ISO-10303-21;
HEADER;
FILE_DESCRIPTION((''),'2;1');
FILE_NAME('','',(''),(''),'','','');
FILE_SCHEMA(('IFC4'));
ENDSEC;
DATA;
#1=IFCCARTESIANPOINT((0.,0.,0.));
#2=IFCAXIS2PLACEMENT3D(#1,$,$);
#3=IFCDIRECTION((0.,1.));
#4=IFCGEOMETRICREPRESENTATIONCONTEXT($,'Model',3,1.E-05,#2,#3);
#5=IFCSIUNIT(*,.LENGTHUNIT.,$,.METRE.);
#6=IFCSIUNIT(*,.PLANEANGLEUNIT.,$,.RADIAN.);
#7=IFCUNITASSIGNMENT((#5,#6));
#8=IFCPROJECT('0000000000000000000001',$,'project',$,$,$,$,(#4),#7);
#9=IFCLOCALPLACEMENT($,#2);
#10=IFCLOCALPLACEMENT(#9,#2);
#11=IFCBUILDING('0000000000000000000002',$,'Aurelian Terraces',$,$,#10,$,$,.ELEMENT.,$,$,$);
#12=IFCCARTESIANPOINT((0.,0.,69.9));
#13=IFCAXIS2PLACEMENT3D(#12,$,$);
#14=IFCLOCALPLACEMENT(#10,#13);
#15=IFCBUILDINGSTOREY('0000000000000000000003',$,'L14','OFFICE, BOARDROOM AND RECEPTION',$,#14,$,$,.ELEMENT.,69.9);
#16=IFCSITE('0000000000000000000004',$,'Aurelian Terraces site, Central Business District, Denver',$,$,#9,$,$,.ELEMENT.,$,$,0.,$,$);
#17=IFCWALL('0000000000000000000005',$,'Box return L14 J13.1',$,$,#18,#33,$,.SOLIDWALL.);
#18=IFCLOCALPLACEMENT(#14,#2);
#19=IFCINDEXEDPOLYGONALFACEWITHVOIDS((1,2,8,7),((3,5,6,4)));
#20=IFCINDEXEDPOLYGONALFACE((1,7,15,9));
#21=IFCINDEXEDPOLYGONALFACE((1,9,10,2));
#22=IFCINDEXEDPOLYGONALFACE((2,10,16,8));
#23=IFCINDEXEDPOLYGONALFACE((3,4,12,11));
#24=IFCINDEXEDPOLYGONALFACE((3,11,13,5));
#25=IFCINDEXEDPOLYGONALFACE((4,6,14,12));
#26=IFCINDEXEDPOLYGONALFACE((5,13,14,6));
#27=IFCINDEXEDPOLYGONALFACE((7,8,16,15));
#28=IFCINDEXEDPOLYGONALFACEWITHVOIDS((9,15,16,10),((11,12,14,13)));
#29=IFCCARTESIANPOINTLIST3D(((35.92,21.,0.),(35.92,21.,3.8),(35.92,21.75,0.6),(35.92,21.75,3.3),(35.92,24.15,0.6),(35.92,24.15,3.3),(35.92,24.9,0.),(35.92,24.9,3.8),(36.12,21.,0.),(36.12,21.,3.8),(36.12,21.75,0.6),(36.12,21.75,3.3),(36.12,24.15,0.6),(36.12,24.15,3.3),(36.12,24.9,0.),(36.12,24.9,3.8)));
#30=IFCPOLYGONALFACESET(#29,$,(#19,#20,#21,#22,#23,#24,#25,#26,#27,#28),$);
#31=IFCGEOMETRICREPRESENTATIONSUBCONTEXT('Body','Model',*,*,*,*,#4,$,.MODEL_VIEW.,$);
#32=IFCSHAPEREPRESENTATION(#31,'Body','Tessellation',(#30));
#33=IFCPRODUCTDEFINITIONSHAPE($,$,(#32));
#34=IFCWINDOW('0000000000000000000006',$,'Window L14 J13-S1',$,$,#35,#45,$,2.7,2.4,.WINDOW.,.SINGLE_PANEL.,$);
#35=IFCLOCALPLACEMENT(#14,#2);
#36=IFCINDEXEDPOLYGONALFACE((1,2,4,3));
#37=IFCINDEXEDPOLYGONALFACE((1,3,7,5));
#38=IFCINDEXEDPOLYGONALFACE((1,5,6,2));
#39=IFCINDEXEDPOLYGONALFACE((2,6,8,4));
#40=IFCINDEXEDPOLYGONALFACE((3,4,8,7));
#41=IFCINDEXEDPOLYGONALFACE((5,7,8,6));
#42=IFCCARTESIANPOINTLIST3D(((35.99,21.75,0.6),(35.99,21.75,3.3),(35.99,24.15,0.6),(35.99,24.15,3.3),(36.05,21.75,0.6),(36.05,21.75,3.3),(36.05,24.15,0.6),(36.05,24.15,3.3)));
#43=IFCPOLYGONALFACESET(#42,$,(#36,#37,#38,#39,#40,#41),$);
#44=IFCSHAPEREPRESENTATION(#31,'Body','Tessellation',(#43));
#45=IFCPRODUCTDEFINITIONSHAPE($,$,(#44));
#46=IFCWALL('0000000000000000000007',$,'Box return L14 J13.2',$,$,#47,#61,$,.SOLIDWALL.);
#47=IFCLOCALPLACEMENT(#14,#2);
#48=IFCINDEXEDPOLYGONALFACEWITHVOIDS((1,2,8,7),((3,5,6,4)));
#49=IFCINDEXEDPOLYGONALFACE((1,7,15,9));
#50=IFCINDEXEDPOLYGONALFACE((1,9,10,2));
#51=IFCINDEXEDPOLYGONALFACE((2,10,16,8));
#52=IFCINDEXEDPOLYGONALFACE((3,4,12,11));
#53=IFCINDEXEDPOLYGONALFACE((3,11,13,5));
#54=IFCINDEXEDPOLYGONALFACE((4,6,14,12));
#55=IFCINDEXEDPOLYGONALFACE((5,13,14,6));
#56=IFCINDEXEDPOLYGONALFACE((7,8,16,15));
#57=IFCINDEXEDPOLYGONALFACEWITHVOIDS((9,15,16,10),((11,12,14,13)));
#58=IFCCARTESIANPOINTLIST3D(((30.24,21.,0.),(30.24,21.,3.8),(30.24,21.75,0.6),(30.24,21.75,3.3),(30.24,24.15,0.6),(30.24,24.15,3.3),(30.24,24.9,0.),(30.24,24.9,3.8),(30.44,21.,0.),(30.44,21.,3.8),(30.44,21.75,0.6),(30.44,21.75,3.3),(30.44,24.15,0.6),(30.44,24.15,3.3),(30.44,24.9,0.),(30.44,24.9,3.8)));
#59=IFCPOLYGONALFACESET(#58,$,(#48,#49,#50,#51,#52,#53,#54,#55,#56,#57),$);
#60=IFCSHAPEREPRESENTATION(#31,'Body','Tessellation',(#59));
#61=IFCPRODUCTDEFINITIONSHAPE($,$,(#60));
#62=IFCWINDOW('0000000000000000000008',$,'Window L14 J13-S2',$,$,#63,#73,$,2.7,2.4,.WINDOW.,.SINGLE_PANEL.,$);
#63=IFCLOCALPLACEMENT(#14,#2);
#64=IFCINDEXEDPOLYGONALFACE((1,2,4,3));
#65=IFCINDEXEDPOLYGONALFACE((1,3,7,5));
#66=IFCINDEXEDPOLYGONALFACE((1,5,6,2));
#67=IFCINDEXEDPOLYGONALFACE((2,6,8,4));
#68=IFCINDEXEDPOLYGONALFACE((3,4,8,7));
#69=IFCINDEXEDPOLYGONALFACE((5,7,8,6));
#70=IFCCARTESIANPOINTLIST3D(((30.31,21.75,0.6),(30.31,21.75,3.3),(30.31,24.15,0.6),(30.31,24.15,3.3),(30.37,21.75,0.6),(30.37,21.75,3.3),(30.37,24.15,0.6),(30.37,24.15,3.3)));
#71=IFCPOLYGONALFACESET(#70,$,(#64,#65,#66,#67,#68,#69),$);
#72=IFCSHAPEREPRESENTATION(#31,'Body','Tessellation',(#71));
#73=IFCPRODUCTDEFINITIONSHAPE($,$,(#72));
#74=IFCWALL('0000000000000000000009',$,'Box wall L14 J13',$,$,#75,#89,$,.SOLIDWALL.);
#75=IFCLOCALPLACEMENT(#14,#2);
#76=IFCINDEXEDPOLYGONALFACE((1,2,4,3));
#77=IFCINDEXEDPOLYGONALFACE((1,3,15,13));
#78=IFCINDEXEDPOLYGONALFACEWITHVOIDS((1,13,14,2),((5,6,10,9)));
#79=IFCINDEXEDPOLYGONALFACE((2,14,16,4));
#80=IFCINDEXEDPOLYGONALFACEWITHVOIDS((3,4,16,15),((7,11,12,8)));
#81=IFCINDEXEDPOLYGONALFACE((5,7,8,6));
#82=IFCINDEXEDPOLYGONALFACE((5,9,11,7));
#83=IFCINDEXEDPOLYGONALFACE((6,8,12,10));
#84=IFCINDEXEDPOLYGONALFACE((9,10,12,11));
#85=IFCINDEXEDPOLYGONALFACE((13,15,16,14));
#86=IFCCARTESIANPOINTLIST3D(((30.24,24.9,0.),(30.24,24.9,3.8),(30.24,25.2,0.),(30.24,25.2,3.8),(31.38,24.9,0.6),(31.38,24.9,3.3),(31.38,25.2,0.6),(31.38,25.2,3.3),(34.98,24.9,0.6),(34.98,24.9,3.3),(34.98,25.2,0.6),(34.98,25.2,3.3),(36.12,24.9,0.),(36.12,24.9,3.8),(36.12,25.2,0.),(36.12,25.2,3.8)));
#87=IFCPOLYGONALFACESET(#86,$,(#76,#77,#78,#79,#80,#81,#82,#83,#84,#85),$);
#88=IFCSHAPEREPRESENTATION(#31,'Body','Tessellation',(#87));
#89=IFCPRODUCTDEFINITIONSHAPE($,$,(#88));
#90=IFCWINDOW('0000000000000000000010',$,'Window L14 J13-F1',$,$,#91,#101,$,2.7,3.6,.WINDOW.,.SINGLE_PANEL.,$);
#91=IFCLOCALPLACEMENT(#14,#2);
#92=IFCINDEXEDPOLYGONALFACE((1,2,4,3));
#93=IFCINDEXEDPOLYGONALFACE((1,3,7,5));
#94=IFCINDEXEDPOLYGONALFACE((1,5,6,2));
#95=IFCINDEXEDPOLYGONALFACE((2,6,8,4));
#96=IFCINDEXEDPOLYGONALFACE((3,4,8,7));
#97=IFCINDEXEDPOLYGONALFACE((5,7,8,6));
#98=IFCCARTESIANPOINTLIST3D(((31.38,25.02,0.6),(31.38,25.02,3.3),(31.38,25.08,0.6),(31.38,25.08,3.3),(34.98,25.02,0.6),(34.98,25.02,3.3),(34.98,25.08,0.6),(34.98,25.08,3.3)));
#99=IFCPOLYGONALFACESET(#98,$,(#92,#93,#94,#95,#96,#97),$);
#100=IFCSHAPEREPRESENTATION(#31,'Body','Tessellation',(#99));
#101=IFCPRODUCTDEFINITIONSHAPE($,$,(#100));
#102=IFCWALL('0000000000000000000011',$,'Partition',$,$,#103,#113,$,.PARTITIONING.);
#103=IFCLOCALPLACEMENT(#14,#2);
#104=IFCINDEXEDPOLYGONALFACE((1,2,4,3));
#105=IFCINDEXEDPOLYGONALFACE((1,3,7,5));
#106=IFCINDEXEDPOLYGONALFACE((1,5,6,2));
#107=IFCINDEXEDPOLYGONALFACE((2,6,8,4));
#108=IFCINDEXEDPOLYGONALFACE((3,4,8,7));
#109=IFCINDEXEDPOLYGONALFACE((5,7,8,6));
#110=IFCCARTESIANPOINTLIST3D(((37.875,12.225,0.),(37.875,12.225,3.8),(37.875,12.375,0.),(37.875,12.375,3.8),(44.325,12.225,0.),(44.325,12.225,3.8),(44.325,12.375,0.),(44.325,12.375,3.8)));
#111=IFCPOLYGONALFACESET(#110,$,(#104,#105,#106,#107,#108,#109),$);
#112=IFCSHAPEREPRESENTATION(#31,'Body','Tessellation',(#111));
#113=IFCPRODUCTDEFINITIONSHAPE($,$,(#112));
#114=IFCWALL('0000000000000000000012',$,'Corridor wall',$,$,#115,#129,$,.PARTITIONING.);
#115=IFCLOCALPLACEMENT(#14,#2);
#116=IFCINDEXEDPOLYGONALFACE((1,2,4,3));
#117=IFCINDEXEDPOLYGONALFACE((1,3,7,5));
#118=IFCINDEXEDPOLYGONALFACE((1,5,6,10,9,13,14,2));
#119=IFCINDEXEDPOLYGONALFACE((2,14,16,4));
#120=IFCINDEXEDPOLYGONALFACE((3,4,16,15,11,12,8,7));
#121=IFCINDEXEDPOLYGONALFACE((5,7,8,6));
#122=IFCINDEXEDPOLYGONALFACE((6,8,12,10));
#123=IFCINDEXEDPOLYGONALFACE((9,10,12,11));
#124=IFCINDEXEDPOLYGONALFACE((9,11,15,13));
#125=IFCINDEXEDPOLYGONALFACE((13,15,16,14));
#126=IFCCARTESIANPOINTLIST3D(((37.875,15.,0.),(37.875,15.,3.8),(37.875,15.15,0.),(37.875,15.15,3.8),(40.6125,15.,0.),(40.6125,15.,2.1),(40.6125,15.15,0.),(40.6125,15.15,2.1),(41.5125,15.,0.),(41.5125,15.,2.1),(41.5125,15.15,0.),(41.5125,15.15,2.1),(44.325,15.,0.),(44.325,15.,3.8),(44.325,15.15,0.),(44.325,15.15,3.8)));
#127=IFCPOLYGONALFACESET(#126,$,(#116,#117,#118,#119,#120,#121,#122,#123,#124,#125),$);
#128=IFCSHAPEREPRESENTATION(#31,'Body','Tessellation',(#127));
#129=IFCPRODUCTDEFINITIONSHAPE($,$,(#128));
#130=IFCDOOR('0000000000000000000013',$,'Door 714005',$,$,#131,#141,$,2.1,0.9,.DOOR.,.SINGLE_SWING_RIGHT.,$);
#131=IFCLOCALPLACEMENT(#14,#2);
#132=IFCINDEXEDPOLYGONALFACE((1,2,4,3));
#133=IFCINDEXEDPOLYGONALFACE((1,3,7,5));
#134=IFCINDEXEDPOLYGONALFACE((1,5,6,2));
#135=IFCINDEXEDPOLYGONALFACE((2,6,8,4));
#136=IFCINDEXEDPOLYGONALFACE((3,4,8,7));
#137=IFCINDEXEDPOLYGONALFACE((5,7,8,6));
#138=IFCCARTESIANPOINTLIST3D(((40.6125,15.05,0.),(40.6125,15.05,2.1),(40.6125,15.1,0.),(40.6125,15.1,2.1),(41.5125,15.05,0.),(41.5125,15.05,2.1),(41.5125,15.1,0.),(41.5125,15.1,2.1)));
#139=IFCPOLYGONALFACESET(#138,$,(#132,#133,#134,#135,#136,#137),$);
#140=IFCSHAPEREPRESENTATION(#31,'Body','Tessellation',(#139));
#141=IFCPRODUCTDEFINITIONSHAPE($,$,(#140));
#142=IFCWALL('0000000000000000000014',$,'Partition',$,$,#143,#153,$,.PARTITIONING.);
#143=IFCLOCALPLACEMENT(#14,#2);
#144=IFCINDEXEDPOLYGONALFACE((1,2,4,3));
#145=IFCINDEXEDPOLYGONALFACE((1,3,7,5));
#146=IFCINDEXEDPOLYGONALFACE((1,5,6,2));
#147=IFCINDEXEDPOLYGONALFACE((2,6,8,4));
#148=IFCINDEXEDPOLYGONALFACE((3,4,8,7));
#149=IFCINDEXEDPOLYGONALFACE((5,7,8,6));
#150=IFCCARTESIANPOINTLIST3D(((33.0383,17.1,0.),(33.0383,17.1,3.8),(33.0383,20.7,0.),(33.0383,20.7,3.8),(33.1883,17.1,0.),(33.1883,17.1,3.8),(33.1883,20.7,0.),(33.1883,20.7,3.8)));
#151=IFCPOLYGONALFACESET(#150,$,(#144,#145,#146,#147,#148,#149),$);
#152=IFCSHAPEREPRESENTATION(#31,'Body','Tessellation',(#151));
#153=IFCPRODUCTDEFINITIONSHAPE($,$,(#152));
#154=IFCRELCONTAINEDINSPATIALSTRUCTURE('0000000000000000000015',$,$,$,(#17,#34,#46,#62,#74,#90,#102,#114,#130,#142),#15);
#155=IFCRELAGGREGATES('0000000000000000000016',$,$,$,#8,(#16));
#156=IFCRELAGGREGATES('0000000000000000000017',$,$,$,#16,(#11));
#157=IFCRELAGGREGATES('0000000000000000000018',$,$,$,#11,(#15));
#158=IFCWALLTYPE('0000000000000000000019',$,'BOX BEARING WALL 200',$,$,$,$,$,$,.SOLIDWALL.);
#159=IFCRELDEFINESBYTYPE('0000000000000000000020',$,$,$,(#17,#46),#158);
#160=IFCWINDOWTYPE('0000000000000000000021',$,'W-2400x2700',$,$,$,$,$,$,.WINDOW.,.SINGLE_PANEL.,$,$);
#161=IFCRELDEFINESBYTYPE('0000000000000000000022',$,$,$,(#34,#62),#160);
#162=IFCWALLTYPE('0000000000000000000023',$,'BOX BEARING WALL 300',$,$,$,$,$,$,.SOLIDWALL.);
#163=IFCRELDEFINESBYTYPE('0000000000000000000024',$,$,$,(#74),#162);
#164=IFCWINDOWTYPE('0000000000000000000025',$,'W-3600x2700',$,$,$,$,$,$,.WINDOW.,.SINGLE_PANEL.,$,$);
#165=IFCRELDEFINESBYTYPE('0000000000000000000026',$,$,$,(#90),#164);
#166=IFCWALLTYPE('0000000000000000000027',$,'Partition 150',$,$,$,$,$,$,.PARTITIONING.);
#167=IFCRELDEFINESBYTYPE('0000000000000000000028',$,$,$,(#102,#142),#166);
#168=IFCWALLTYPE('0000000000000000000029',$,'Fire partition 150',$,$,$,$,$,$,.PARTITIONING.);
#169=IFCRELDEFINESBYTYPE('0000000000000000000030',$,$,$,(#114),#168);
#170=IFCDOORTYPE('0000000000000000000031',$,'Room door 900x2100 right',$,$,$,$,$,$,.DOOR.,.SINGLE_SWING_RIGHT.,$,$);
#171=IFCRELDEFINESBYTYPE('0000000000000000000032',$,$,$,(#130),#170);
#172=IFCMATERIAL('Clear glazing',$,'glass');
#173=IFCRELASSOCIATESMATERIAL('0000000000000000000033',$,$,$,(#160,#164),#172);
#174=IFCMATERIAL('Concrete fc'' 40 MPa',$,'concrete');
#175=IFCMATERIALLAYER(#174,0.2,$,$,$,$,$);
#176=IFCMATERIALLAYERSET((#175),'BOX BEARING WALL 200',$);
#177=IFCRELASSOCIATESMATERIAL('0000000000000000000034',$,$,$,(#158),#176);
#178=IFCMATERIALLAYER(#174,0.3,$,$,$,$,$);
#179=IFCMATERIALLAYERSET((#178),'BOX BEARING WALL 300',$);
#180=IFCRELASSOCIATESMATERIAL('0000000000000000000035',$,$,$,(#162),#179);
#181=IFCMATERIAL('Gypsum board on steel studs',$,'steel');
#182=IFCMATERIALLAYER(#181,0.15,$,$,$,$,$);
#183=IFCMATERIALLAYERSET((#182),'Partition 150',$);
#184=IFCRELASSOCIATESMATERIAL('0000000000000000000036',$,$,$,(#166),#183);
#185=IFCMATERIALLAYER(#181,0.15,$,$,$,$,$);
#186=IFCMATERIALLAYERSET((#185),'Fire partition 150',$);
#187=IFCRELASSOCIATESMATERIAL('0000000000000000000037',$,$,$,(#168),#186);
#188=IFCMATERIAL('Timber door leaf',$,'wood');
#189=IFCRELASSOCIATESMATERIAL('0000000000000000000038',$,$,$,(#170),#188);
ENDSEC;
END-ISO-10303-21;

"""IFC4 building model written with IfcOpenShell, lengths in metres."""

from ifc_helpers import new_model, si_unit, direction, frame, frame_2d, origin, place, context, subcontext, project, spatial, rectangle, extrude, source, transform, mapped, material, layer, layer_set, type_object, element, fill, save


model = new_model("IFC4")

# Units and contexts
model_context = context("Model", 3, precision=1e-05, world=origin(), true_north=direction((0.0, 1.0)))
body_context = subcontext(model_context, "Body", "Model", "MODEL_VIEW")
ifc_project = project(units=[si_unit("LENGTHUNIT", "METRE"), si_unit("PLANEANGLEUNIT", "RADIAN")], contexts=[model_context])

# Site, building, storey
site_placement = place(None, origin())
site = spatial("IfcSite", under=ifc_project, at=site_placement, Name="Aurelian Terraces site, Central Business District, Denver", CompositionType="ELEMENT", RefElevation=0.0)
building_placement = place(site_placement, origin())
building = spatial("IfcBuilding", under=site, at=building_placement, Name="Aurelian Terraces", CompositionType="ELEMENT")
storey_placement = place(building_placement, frame((0.0, 0.0, 69.9)))
storey = spatial("IfcBuildingStorey", under=building, at=storey_placement, Name="L14", Description="OFFICE, BOARDROOM AND RECEPTION", CompositionType="ELEMENT", Elevation=69.9)

# Shared definitions
ifc_material_1 = material(Name="Clear glazing", Category="glass")
window_type_1 = type_object("IfcWindowType", Name="W-2400x2700", PartitioningType="SINGLE_PANEL", PredefinedType="WINDOW", material=ifc_material_1)
shared_shape_1 = source(origin(), body_context, "Body", "SweptSolid", [
    extrude(rectangle(XDim=2.4, YDim=2.7, at=frame_2d((1.2, 1.35))), frame((0.0, 0.03, 0.0), z_axis=(0.0, -1.0, 0.0), x_axis=(1.0, 0.0, 0.0)), (0.0, 0.0, 1.0), 0.06),
])

# Shared definitions
ifc_material_2 = material(Name="Timber door leaf", Category="wood")

# Walls, openings, windows
ifc_material_3 = material(Name="Concrete fc' 40 MPa", Category="concrete")
ifc_layer_1 = layer(ifc_material_3, 0.2)
ifc_layer_set_1 = layer_set([ifc_layer_1], Name="BOX BEARING WALL 200")
wall_type_1 = type_object("IfcWallType", Name="BOX BEARING WALL 200", PredefinedType="SOLIDWALL", material=ifc_layer_set_1)
shared_shape_2 = source(origin(), body_context, "Body", "SweptSolid", [
    extrude(rectangle(XDim=2.4, YDim=2.7, at=frame_2d((1.2, 1.35))), frame((0.0, 0.11, 0.0), z_axis=(0.0, -1.0, 0.0), x_axis=(1.0, 0.0, 0.0)), (0.0, 0.0, 1.0), 0.22),
])
shared_shape_3 = source(origin(), body_context, "Body", "SweptSolid", [
    extrude(rectangle(XDim=3.9, YDim=0.2, at=frame_2d((1.95, 0.0))), origin(), (0.0, 0.0, 1.0), 3.8),
])
wall_1_placement = place(storey_placement, frame((36.02, 21.0, 0.0), z_axis=(0.0, 0.0, 1.0), x_axis=(0.0, 1.0, 0.0)))
wall_1 = element("IfcWall", 1, at=wall_1_placement, inside=storey, type_object=wall_type_1, Name="Box return L14 J13.1", PredefinedType="SOLIDWALL", context=body_context, shape_type="MappedRepresentation", body=[
    mapped(shared_shape_3, transform((0.0, 0.0, 0.0), scale=1.0)),
])
opening_1_placement = place(wall_1_placement, frame((0.75, 0.0, 0.6)))
opening_1 = element("IfcOpeningElement", 2, at=opening_1_placement, cuts=wall_1, PredefinedType="OPENING", context=body_context, shape_type="MappedRepresentation", body=[
    mapped(shared_shape_2, transform((0.0, 0.0, 0.0), scale=1.0)),
])
window_1_placement = place(opening_1_placement, origin())
window_1 = element("IfcWindow", 3, at=window_1_placement, inside=storey, type_object=window_type_1, Name="Window L14 J13-S1", OverallHeight=2.7, OverallWidth=2.4, PartitioningType="SINGLE_PANEL", PredefinedType="WINDOW", context=body_context, shape_type="MappedRepresentation", body=[
    mapped(shared_shape_1, transform((0.0, 0.0, 0.0), scale=1.0)),
])
fill(opening_1, window_1)
wall_2_placement = place(storey_placement, frame((30.34, 21.0, 0.0), z_axis=(0.0, 0.0, 1.0), x_axis=(0.0, 1.0, 0.0)))
wall_2 = element("IfcWall", 4, at=wall_2_placement, inside=storey, type_object=wall_type_1, Name="Box return L14 J13.2", PredefinedType="SOLIDWALL", context=body_context, shape_type="MappedRepresentation", body=[
    mapped(shared_shape_3, transform((0.0, 0.0, 0.0), scale=1.0)),
])
opening_2_placement = place(wall_2_placement, frame((0.75, 0.0, 0.6)))
opening_2 = element("IfcOpeningElement", 5, at=opening_2_placement, cuts=wall_2, PredefinedType="OPENING", context=body_context, shape_type="MappedRepresentation", body=[
    mapped(shared_shape_2, transform((0.0, 0.0, 0.0), scale=1.0)),
])
window_2_placement = place(opening_2_placement, origin())
window_2 = element("IfcWindow", 6, at=window_2_placement, inside=storey, type_object=window_type_1, Name="Window L14 J13-S2", OverallHeight=2.7, OverallWidth=2.4, PartitioningType="SINGLE_PANEL", PredefinedType="WINDOW", context=body_context, shape_type="MappedRepresentation", body=[
    mapped(shared_shape_1, transform((0.0, 0.0, 0.0), scale=1.0)),
])
fill(opening_2, window_2)
ifc_layer_2 = layer(ifc_material_3, 0.3)
ifc_layer_set_2 = layer_set([ifc_layer_2], Name="BOX BEARING WALL 300")
wall_type_2 = type_object("IfcWallType", Name="BOX BEARING WALL 300", PredefinedType="SOLIDWALL", material=ifc_layer_set_2)
shared_shape_4 = source(origin(), body_context, "Body", "SweptSolid", [
    extrude(rectangle(XDim=5.88, YDim=0.3, at=frame_2d((2.94, 0.0))), origin(), (0.0, 0.0, 1.0), 3.8),
])
wall_3_placement = place(storey_placement, frame((36.12, 25.05, 0.0), z_axis=(0.0, 0.0, 1.0), x_axis=(-1.0, 0.0, 0.0)))
wall_3 = element("IfcWall", 7, at=wall_3_placement, inside=storey, type_object=wall_type_2, Name="Box wall L14 J13", PredefinedType="SOLIDWALL", context=body_context, shape_type="MappedRepresentation", body=[
    mapped(shared_shape_4, transform((0.0, 0.0, 0.0), scale=1.0)),
])
shared_shape_5 = source(origin(), body_context, "Body", "SweptSolid", [
    extrude(rectangle(XDim=3.6, YDim=2.7, at=frame_2d((1.8, 1.35))), frame((0.0, 0.16, 0.0), z_axis=(0.0, -1.0, 0.0), x_axis=(1.0, 0.0, 0.0)), (0.0, 0.0, 1.0), 0.32),
])
opening_3_placement = place(wall_3_placement, frame((1.14, 0.0, 0.6)))
opening_3 = element("IfcOpeningElement", 8, at=opening_3_placement, cuts=wall_3, PredefinedType="OPENING", context=body_context, shape_type="MappedRepresentation", body=[
    mapped(shared_shape_5, transform((0.0, 0.0, 0.0), scale=1.0)),
])
window_type_2 = type_object("IfcWindowType", Name="W-3600x2700", PartitioningType="SINGLE_PANEL", PredefinedType="WINDOW", material=ifc_material_1)
shared_shape_6 = source(origin(), body_context, "Body", "SweptSolid", [
    extrude(rectangle(XDim=3.6, YDim=2.7, at=frame_2d((1.8, 1.35))), frame((0.0, 0.03, 0.0), z_axis=(0.0, -1.0, 0.0), x_axis=(1.0, 0.0, 0.0)), (0.0, 0.0, 1.0), 0.06),
])
window_3_placement = place(opening_3_placement, origin())
window_3 = element("IfcWindow", 9, at=window_3_placement, inside=storey, type_object=window_type_2, Name="Window L14 J13-F1", OverallHeight=2.7, OverallWidth=3.6, PartitioningType="SINGLE_PANEL", PredefinedType="WINDOW", context=body_context, shape_type="MappedRepresentation", body=[
    mapped(shared_shape_6, transform((0.0, 0.0, 0.0), scale=1.0)),
])
fill(opening_3, window_3)

# Wall
ifc_material_4 = material(Name="Gypsum board on steel studs", Category="steel")
ifc_layer_3 = layer(ifc_material_4, 0.15)
ifc_layer_set_3 = layer_set([ifc_layer_3], Name="Partition 150")
wall_type_3 = type_object("IfcWallType", Name="Partition 150", PredefinedType="PARTITIONING", material=ifc_layer_set_3)
shared_shape_7 = source(origin(), body_context, "Body", "SweptSolid", [
    extrude(rectangle(XDim=6.45, YDim=0.15, at=frame_2d((3.225, 0.0))), origin(), (0.0, 0.0, 1.0), 3.8),
])
wall_4_placement = place(storey_placement, frame((37.875, 12.3, 0.0), z_axis=(0.0, 0.0, 1.0), x_axis=(1.0, 0.0, 0.0)))
element("IfcWall", 10, at=wall_4_placement, inside=storey, type_object=wall_type_3, Name="Partition", PredefinedType="PARTITIONING", context=body_context, shape_type="MappedRepresentation", body=[
    mapped(shared_shape_7, transform((0.0, 0.0, 0.0), scale=1.0)),
])

# Wall, opening, door
ifc_layer_4 = layer(ifc_material_4, 0.15)
ifc_layer_set_4 = layer_set([ifc_layer_4], Name="Fire partition 150")
wall_type_4 = type_object("IfcWallType", Name="Fire partition 150", PredefinedType="PARTITIONING", material=ifc_layer_set_4)
wall_5_placement = place(storey_placement, frame((44.325, 15.075, 0.0), z_axis=(0.0, 0.0, 1.0), x_axis=(-1.0, 0.0, 0.0)))
wall_5 = element("IfcWall", 11, at=wall_5_placement, inside=storey, type_object=wall_type_4, Name="Corridor wall", PredefinedType="PARTITIONING", context=body_context, shape_type="MappedRepresentation", body=[
    mapped(shared_shape_7, transform((0.0, 0.0, 0.0), scale=1.0)),
])
shared_shape_8 = source(origin(), body_context, "Body", "SweptSolid", [
    extrude(rectangle(XDim=0.9, YDim=2.1, at=frame_2d((0.45, 1.05))), frame((0.0, 0.085, 0.0), z_axis=(0.0, -1.0, 0.0), x_axis=(1.0, 0.0, 0.0)), (0.0, 0.0, 1.0), 0.17),
])
opening_4_placement = place(wall_5_placement, frame((2.8125, 0.0, 0.0)))
opening_4 = element("IfcOpeningElement", 12, at=opening_4_placement, cuts=wall_5, PredefinedType="OPENING", context=body_context, shape_type="MappedRepresentation", body=[
    mapped(shared_shape_8, transform((0.0, 0.0, 0.0), scale=1.0)),
])
door_type_1 = type_object("IfcDoorType", Name="Room door 900x2100 right", OperationType="SINGLE_SWING_RIGHT", PredefinedType="DOOR", material=ifc_material_2)
shared_shape_9 = source(origin(), body_context, "Body", "SweptSolid", [
    extrude(rectangle(XDim=0.9, YDim=2.1, at=frame_2d((0.45, 1.05))), frame((0.0, 0.025, 0.0), z_axis=(0.0, -1.0, 0.0), x_axis=(1.0, 0.0, 0.0)), (0.0, 0.0, 1.0), 0.05),
])
door_1_placement = place(opening_4_placement, origin())
door_1 = element("IfcDoor", 13, at=door_1_placement, inside=storey, type_object=door_type_1, Name="Door 714005", OperationType="SINGLE_SWING_RIGHT", OverallHeight=2.1, OverallWidth=0.9, PredefinedType="DOOR", context=body_context, shape_type="MappedRepresentation", body=[
    mapped(shared_shape_9, transform((0.0, 0.0, 0.0), scale=1.0)),
])
fill(opening_4, door_1)

# Wall
shared_shape_10 = source(origin(), body_context, "Body", "SweptSolid", [
    extrude(rectangle(XDim=3.6, YDim=0.15, at=frame_2d((1.8, 0.0))), origin(), (0.0, 0.0, 1.0), 3.8),
])
for number, where, z_axis, x_axis, name in (
    (14, (33.1133, 20.7, 0.0), (0.0, 0.0, 1.0), (0.0, -1.0, 0.0), "Partition"),
):
    element("IfcWall", number, at=place(storey_placement, frame(where, z_axis=z_axis, x_axis=x_axis)), inside=storey, type_object=wall_type_3, Name=name, PredefinedType="PARTITIONING", context=body_context, shape_type="MappedRepresentation", body=[
        mapped(shared_shape_10, transform((0.0, 0.0, 0.0), scale=1.0)),
    ])

save(model, "model.ifc")
